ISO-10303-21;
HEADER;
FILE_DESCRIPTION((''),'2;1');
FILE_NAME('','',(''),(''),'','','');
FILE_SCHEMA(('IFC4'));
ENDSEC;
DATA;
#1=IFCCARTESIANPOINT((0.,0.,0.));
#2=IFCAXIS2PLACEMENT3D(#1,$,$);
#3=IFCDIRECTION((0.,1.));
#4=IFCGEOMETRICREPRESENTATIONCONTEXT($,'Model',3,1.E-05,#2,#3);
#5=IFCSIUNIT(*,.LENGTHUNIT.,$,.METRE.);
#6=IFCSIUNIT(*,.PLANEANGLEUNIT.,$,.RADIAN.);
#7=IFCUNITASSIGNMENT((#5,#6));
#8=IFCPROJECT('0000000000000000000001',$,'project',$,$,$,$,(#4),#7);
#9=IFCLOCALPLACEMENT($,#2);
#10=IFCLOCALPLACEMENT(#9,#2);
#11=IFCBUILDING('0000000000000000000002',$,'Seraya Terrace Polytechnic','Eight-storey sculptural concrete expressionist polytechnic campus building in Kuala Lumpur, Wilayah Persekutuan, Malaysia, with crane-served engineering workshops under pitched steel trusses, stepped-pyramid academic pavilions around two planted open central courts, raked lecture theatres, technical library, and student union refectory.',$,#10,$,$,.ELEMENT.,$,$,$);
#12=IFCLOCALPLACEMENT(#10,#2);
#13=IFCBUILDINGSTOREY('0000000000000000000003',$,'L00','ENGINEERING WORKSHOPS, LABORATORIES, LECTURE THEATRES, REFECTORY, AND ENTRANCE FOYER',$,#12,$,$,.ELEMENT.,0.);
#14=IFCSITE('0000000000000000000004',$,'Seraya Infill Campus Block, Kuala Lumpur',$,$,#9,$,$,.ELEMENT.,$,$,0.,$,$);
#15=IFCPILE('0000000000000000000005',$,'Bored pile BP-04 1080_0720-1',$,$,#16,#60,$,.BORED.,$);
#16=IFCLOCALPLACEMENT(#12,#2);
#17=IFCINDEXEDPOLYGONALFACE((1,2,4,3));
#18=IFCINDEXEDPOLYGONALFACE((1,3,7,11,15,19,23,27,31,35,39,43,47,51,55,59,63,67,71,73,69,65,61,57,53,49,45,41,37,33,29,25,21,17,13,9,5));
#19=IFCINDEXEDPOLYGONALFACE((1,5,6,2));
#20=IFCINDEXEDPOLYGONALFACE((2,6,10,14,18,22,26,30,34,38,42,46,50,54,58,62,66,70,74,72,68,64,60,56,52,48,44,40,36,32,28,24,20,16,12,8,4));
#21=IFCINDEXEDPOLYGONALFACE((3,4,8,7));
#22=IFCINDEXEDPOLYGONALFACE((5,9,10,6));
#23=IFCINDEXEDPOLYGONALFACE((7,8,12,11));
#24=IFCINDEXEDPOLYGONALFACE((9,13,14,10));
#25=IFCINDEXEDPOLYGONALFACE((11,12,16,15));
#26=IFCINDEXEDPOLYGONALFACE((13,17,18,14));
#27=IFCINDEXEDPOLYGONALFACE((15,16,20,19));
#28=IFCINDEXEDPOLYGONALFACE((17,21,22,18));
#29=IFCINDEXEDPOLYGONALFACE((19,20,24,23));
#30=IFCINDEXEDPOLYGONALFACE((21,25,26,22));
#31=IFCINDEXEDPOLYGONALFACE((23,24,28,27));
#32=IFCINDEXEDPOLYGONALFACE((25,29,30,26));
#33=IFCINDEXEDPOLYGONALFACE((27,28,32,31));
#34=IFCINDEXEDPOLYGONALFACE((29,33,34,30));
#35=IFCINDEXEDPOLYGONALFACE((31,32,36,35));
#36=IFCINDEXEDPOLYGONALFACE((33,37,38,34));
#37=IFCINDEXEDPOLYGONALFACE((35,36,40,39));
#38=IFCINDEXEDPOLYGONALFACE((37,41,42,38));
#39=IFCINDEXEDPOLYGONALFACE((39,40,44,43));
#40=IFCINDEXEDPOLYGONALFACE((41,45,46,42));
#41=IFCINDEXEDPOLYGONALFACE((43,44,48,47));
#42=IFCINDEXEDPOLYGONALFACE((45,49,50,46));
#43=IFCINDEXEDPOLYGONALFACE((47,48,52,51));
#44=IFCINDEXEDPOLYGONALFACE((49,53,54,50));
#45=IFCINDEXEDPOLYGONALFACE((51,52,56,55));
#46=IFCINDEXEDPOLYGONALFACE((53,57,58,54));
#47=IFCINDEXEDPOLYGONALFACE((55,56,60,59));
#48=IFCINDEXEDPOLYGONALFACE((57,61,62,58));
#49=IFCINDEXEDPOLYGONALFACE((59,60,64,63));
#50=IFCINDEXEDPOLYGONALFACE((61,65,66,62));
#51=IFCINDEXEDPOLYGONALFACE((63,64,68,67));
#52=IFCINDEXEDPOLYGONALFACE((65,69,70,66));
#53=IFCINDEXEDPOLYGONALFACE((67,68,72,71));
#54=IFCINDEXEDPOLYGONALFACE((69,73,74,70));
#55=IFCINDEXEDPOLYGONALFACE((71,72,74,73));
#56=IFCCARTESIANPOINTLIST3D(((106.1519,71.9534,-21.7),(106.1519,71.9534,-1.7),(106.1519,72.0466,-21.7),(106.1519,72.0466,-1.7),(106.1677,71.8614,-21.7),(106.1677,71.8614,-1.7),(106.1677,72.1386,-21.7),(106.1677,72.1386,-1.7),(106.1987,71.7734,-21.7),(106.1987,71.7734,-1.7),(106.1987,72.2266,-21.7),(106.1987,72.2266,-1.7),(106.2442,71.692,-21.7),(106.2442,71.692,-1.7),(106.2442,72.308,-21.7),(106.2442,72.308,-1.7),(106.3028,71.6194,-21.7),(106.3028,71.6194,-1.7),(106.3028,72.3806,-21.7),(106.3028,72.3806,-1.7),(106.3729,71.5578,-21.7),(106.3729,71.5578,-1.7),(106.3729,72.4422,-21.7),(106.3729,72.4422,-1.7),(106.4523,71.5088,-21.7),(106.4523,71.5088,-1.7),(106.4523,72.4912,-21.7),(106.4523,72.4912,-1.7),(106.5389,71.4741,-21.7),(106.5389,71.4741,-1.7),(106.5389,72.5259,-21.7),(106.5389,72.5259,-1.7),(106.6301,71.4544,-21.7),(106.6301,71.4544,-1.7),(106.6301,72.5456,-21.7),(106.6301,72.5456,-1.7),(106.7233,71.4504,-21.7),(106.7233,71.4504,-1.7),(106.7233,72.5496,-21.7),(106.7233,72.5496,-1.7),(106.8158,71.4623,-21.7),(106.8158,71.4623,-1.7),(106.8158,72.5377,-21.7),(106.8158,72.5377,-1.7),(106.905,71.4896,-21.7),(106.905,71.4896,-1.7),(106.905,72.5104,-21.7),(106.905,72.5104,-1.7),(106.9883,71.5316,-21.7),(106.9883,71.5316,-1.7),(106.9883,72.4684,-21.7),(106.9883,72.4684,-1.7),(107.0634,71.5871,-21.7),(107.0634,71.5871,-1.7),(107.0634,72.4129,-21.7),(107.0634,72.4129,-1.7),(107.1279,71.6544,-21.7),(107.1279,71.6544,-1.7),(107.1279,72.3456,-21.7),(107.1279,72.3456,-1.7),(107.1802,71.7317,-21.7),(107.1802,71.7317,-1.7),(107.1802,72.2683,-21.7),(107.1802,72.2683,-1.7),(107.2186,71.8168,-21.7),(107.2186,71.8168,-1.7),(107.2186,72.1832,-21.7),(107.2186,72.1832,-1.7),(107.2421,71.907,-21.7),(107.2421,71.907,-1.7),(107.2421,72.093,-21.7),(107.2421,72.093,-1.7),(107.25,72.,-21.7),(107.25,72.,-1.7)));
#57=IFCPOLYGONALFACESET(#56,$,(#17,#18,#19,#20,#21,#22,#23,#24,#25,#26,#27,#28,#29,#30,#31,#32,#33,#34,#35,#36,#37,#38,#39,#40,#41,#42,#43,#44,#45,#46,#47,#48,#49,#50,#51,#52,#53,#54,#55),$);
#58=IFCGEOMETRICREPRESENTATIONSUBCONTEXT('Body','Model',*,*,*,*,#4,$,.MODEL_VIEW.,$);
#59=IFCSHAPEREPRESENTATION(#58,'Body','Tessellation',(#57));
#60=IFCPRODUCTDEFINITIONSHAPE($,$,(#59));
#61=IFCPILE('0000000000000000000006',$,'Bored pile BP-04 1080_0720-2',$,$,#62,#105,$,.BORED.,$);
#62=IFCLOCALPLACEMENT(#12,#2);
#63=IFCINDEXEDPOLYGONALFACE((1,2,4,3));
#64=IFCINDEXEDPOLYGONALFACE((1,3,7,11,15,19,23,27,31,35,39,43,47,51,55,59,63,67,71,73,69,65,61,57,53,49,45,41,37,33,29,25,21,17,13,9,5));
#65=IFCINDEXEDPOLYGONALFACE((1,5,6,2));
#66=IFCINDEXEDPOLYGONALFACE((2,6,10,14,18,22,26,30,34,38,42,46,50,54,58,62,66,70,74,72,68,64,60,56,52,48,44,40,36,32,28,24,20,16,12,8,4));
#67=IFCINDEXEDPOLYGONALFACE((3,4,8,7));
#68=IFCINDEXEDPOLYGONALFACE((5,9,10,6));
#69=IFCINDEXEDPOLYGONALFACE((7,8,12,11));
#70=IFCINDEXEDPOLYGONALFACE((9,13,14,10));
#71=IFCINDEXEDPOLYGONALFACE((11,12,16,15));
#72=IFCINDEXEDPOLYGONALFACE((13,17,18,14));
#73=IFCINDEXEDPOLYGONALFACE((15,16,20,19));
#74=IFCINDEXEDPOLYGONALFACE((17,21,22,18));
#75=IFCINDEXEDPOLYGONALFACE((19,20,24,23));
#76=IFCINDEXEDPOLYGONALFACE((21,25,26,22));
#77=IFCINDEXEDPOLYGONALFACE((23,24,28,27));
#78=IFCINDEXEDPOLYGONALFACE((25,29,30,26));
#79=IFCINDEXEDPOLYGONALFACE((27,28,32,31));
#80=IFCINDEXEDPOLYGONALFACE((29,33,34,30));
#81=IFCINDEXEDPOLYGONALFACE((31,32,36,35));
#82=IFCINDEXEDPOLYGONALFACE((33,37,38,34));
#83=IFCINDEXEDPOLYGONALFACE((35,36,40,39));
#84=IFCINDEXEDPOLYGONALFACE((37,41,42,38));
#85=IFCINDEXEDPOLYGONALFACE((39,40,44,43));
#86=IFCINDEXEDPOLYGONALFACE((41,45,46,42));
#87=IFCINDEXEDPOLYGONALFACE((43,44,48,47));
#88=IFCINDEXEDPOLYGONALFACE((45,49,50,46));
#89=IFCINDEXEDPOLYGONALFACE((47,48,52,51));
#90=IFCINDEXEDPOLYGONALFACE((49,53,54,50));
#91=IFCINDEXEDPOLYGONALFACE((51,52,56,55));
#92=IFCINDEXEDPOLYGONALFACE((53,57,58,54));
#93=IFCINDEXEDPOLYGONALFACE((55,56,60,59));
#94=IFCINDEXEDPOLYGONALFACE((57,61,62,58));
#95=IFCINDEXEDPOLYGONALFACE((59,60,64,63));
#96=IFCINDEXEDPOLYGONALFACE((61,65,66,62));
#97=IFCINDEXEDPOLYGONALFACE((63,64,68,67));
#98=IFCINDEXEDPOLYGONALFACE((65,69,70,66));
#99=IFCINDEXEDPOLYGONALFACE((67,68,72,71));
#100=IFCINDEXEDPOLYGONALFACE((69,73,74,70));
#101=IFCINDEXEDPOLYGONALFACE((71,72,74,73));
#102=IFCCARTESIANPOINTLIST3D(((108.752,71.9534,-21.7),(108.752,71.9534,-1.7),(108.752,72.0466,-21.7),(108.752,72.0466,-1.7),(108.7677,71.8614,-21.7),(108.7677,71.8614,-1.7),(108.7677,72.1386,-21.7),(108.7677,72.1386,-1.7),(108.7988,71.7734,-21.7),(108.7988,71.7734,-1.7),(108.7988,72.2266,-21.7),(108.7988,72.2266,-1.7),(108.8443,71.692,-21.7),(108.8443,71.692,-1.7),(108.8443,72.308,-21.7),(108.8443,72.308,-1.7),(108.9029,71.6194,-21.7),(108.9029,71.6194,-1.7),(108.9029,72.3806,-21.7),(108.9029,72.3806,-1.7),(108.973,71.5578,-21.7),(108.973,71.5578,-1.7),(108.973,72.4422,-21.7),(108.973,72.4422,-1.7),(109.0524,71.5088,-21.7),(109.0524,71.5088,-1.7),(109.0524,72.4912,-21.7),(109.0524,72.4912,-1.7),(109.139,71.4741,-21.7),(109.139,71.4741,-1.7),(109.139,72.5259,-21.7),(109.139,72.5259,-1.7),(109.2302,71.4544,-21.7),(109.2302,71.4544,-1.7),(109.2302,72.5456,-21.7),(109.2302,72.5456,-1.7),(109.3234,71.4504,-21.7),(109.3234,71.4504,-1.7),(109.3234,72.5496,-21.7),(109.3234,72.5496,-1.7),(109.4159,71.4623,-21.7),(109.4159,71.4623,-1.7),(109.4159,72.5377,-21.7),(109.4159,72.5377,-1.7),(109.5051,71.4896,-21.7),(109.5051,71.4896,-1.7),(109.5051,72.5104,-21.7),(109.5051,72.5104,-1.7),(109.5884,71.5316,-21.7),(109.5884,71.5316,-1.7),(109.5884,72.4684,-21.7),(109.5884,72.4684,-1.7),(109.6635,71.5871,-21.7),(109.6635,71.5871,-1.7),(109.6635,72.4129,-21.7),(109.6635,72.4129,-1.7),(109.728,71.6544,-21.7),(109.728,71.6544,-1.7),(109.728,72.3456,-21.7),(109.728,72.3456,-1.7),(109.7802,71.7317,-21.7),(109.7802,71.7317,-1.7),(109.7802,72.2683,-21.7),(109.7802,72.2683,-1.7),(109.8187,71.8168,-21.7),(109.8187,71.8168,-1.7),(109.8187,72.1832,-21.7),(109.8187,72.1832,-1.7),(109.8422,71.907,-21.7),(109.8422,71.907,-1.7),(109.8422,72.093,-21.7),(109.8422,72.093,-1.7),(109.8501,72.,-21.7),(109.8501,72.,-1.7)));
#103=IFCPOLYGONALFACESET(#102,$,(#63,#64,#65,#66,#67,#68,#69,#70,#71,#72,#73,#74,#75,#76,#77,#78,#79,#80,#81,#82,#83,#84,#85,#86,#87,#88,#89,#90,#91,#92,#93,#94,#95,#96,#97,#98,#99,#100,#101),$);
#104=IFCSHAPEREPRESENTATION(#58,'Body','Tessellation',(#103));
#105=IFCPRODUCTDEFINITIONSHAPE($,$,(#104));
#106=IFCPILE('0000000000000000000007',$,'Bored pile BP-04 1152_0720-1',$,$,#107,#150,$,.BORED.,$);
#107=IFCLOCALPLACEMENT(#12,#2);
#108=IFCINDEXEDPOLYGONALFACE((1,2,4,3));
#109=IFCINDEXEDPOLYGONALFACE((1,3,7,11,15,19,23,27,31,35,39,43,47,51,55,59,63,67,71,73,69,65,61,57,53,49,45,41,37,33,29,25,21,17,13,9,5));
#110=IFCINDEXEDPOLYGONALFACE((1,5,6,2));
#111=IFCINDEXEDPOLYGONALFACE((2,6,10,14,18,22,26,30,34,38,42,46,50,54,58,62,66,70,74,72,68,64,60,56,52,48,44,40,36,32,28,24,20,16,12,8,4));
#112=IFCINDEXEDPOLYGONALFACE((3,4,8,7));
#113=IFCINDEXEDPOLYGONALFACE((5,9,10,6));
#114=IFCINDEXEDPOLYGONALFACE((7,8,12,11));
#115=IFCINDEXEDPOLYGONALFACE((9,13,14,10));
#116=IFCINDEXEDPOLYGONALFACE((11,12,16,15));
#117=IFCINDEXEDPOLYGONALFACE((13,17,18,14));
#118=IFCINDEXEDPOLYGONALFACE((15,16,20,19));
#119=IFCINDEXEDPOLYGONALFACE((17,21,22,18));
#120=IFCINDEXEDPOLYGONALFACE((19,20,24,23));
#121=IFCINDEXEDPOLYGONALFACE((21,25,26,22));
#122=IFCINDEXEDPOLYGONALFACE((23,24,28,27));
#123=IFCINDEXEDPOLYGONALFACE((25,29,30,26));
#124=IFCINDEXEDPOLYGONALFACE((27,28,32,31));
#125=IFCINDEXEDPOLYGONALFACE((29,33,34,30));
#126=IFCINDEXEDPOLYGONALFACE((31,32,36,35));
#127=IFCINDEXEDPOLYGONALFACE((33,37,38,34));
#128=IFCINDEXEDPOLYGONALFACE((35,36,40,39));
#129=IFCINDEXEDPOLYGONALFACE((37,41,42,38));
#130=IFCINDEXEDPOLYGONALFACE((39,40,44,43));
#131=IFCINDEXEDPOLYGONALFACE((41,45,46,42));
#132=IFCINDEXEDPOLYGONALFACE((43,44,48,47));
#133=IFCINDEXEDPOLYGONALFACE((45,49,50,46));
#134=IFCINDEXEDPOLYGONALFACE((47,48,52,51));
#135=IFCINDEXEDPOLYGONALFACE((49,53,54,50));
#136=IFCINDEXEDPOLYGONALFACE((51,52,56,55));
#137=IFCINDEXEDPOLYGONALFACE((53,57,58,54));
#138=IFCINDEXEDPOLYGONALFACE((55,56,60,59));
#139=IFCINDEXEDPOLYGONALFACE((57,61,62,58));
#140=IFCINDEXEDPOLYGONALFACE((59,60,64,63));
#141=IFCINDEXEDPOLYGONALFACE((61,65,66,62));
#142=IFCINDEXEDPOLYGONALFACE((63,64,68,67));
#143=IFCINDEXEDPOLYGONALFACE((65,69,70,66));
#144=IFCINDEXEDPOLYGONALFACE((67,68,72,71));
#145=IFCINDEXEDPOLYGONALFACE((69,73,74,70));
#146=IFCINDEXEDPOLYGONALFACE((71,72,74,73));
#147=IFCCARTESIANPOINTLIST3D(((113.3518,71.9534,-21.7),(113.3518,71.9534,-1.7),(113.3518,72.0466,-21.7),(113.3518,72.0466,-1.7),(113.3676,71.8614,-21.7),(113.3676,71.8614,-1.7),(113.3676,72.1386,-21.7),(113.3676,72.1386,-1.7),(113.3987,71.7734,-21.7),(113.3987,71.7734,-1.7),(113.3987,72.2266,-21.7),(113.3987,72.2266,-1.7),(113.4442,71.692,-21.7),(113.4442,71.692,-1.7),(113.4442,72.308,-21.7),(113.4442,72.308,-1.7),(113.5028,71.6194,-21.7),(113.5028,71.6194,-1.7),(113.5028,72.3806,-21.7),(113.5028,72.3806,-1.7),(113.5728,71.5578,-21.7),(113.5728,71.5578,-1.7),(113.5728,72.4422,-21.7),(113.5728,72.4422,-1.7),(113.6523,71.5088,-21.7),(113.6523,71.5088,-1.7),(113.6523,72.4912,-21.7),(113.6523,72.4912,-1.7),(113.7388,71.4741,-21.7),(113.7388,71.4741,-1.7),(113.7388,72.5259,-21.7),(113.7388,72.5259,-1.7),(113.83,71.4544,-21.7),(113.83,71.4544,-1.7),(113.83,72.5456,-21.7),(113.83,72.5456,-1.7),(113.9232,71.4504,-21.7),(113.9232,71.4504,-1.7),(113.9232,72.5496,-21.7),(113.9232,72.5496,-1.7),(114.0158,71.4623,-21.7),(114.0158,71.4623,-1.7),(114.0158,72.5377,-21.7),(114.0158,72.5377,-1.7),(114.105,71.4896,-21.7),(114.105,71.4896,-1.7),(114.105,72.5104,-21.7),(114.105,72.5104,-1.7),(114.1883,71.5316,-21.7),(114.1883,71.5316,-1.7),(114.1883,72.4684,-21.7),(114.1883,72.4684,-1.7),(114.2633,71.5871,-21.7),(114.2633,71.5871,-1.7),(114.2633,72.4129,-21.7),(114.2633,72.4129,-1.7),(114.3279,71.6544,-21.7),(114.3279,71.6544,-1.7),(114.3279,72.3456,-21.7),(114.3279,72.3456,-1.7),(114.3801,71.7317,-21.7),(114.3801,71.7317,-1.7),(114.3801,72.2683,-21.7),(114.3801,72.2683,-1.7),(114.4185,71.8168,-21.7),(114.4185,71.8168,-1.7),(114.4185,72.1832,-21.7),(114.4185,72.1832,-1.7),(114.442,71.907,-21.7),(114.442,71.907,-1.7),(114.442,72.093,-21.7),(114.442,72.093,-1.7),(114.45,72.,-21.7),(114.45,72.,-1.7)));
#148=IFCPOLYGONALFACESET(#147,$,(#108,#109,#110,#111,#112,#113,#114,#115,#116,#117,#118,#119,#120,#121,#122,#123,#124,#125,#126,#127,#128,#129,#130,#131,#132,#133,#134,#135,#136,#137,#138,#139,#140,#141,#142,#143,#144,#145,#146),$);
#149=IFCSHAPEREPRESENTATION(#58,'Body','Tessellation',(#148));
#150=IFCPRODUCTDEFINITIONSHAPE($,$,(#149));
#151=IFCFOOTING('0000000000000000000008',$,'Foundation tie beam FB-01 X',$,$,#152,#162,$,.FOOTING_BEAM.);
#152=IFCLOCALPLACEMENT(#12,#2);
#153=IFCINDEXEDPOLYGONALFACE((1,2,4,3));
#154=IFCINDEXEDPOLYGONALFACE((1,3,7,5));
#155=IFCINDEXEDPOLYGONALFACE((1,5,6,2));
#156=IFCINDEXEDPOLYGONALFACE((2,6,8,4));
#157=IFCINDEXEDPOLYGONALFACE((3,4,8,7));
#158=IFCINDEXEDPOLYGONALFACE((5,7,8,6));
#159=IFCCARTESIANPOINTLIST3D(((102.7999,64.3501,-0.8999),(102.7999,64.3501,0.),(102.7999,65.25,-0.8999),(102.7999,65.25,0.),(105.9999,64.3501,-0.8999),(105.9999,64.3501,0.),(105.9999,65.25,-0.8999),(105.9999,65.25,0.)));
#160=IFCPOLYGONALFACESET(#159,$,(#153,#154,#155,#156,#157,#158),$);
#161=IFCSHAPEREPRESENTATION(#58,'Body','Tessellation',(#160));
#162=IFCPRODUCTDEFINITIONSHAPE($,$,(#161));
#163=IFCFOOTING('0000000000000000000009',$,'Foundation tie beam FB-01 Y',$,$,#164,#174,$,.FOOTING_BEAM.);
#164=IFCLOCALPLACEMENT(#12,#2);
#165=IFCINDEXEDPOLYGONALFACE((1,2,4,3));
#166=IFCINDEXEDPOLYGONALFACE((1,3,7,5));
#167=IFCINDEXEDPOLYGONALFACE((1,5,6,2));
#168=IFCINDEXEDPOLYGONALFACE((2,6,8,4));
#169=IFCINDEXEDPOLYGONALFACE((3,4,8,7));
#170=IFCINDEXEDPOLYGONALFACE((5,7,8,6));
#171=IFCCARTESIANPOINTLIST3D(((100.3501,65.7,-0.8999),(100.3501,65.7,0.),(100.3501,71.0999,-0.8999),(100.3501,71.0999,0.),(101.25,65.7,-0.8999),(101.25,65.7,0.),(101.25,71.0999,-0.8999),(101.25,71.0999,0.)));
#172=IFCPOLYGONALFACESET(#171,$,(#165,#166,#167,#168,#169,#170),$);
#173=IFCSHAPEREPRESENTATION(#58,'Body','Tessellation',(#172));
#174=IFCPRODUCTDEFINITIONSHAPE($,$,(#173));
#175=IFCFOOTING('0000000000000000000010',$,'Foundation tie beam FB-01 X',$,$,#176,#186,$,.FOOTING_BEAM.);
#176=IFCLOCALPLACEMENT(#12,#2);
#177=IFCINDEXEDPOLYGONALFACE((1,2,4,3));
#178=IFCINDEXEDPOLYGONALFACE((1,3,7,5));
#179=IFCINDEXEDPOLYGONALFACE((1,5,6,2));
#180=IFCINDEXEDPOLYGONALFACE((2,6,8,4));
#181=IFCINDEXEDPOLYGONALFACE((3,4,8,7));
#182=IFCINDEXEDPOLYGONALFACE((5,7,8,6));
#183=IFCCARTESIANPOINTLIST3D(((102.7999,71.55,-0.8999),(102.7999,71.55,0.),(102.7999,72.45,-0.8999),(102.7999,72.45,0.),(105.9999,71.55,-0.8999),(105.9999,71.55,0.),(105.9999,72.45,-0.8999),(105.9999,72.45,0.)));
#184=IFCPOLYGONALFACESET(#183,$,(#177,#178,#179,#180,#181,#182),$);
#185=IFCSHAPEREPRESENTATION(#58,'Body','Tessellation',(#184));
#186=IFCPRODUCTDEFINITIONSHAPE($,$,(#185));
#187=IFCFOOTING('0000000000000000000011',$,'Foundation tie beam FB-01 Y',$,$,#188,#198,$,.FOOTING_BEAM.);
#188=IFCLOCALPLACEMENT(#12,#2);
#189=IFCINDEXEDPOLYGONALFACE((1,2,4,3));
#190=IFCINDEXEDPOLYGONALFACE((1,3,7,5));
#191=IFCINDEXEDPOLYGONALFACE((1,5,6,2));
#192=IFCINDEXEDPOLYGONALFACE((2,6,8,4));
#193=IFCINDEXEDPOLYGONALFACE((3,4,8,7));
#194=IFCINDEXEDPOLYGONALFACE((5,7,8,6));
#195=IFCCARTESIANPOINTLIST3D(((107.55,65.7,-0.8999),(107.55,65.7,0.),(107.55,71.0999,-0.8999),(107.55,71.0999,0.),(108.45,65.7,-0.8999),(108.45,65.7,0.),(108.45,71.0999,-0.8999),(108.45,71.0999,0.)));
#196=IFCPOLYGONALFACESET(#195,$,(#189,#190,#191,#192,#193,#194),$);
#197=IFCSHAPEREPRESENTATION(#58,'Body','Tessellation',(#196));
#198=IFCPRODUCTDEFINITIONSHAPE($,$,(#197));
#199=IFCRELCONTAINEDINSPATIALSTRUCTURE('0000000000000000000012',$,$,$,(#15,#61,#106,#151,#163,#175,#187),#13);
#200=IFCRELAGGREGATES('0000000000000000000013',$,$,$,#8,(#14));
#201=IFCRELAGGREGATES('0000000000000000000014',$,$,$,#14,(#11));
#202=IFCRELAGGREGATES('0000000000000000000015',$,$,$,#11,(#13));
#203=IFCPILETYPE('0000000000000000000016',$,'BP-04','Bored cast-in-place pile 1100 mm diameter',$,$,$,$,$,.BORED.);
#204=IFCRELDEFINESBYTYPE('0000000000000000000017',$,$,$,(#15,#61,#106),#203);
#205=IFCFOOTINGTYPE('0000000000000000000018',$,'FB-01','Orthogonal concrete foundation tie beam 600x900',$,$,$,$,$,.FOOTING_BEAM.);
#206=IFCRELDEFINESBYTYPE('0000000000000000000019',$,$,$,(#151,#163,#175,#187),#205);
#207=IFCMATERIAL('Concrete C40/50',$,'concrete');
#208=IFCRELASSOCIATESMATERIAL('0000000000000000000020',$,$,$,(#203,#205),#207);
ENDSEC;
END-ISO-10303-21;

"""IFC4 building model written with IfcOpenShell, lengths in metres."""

from ifc_helpers import new_model, si_unit, direction, frame, origin, origin_2d, place, context, subcontext, project, spatial, rectangle, circle, extrude, material, material_profile, profile_set, type_object, element, save


model = new_model("IFC4")

# Units and contexts
model_context = context("Model", 3, precision=1e-05, world=origin(), true_north=direction((0.0, 1.0)))
body_context = subcontext(model_context, "Body", "Model", "MODEL_VIEW")
ifc_project = project(units=[si_unit("LENGTHUNIT", "METRE"), si_unit("PLANEANGLEUNIT", "RADIAN")], contexts=[model_context])

# Site, building, storey
site_placement = place(None, origin())
site = spatial("IfcSite", under=ifc_project, at=site_placement, Name="Seraya Infill Campus Block, Kuala Lumpur", CompositionType="ELEMENT", RefElevation=0.0)
building_placement = place(site_placement, origin())
building = spatial("IfcBuilding", under=site, at=building_placement, Name="Seraya Terrace Polytechnic", Description="Eight-storey sculptural concrete expressionist polytechnic campus building in Kuala Lumpur, Wilayah Persekutuan, Malaysia, with crane-served engineering workshops under pitched steel trusses, stepped-pyramid academic pavilions around two planted open central courts, raked lecture theatres, technical library, and student union refectory.", CompositionType="ELEMENT")
storey_placement = place(building_placement, origin())
storey = spatial("IfcBuildingStorey", under=building, at=storey_placement, Name="L00", Description="ENGINEERING WORKSHOPS, LABORATORIES, LECTURE THEATRES, REFECTORY, AND ENTRANCE FOYER", CompositionType="ELEMENT", Elevation=0.0)

# Piles
ifc_material_1 = material(Name="Concrete C40/50", Category="concrete")
ifc_material_profile_1 = material_profile(ifc_material_1, circle(Radius=0.55, at=origin_2d()), Name="DIA 1100")
ifc_profile_set_1 = profile_set([ifc_material_profile_1], Name="Concrete C40/50")
pile_type = type_object("IfcPileType", Name="BP-04", Description="Bored cast-in-place pile 1100 mm diameter", PredefinedType="BORED", material=ifc_profile_set_1)
for number, where, z_axis, x_axis, name in (
    (1, (106.7, 72.0, -1.7), (0.0, 0.0, -1.0), (1.0, 0.0, 0.0), "Bored pile BP-04 1080_0720-1"),
    (2, (109.3, 72.0, -1.7), (0.0, 0.0, -1.0), (1.0, 0.0, 0.0), "Bored pile BP-04 1080_0720-2"),
    (3, (113.8999, 72.0, -1.7), (0.0, 0.0, -1.0), (1.0, 0.0, 0.0), "Bored pile BP-04 1152_0720-1"),
):
    element("IfcPile", number, at=place(storey_placement, frame(where, z_axis=z_axis, x_axis=x_axis)), inside=storey, type_object=pile_type, Name=name, PredefinedType="BORED", context=body_context, shape_type="SweptSolid", body=[
        extrude(circle(Radius=0.55, at=origin_2d()), origin(), (0.0, 0.0, 1.0), 20.0),
    ])

# Footings
footing_type_1 = type_object("IfcFootingType", Name="FB-01", Description="Orthogonal concrete foundation tie beam 600x900", PredefinedType="FOOTING_BEAM", material=ifc_material_1)
footing_1_placement = place(storey_placement, frame((104.3999, 64.8, -0.8999), z_axis=(0.0, 0.0, 1.0), x_axis=(1.0, 0.0, 0.0)))
element("IfcFooting", 4, at=footing_1_placement, inside=storey, type_object=footing_type_1, Name="Foundation tie beam FB-01 X", PredefinedType="FOOTING_BEAM", context=body_context, shape_type="SweptSolid", body=[
    extrude(rectangle(XDim=3.2, YDim=0.8999, at=origin_2d()), origin(), (0.0, 0.0, 1.0), 0.8999),
])
footing_2_placement = place(storey_placement, frame((100.8, 68.3999, -0.8999), z_axis=(0.0, 0.0, 1.0), x_axis=(0.0, 1.0, 0.0)))
element("IfcFooting", 5, at=footing_2_placement, inside=storey, type_object=footing_type_1, Name="Foundation tie beam FB-01 Y", PredefinedType="FOOTING_BEAM", context=body_context, shape_type="SweptSolid", body=[
    extrude(rectangle(XDim=5.3999, YDim=0.8999, at=origin_2d()), origin(), (0.0, 0.0, 1.0), 0.8999),
])
footing_3_placement = place(storey_placement, frame((104.3999, 72.0, -0.8999), z_axis=(0.0, 0.0, 1.0), x_axis=(1.0, 0.0, 0.0)))
element("IfcFooting", 6, at=footing_3_placement, inside=storey, type_object=footing_type_1, Name="Foundation tie beam FB-01 X", PredefinedType="FOOTING_BEAM", context=body_context, shape_type="SweptSolid", body=[
    extrude(rectangle(XDim=3.2, YDim=0.8999, at=origin_2d()), origin(), (0.0, 0.0, 1.0), 0.8999),
])
footing_4_placement = place(storey_placement, frame((108.0, 68.3999, -0.8999), z_axis=(0.0, 0.0, 1.0), x_axis=(0.0, 1.0, 0.0)))
element("IfcFooting", 7, at=footing_4_placement, inside=storey, type_object=footing_type_1, Name="Foundation tie beam FB-01 Y", PredefinedType="FOOTING_BEAM", context=body_context, shape_type="SweptSolid", body=[
    extrude(rectangle(XDim=5.3999, YDim=0.8999, at=origin_2d()), origin(), (0.0, 0.0, 1.0), 0.8999),
])

save(model, "model.ifc")
